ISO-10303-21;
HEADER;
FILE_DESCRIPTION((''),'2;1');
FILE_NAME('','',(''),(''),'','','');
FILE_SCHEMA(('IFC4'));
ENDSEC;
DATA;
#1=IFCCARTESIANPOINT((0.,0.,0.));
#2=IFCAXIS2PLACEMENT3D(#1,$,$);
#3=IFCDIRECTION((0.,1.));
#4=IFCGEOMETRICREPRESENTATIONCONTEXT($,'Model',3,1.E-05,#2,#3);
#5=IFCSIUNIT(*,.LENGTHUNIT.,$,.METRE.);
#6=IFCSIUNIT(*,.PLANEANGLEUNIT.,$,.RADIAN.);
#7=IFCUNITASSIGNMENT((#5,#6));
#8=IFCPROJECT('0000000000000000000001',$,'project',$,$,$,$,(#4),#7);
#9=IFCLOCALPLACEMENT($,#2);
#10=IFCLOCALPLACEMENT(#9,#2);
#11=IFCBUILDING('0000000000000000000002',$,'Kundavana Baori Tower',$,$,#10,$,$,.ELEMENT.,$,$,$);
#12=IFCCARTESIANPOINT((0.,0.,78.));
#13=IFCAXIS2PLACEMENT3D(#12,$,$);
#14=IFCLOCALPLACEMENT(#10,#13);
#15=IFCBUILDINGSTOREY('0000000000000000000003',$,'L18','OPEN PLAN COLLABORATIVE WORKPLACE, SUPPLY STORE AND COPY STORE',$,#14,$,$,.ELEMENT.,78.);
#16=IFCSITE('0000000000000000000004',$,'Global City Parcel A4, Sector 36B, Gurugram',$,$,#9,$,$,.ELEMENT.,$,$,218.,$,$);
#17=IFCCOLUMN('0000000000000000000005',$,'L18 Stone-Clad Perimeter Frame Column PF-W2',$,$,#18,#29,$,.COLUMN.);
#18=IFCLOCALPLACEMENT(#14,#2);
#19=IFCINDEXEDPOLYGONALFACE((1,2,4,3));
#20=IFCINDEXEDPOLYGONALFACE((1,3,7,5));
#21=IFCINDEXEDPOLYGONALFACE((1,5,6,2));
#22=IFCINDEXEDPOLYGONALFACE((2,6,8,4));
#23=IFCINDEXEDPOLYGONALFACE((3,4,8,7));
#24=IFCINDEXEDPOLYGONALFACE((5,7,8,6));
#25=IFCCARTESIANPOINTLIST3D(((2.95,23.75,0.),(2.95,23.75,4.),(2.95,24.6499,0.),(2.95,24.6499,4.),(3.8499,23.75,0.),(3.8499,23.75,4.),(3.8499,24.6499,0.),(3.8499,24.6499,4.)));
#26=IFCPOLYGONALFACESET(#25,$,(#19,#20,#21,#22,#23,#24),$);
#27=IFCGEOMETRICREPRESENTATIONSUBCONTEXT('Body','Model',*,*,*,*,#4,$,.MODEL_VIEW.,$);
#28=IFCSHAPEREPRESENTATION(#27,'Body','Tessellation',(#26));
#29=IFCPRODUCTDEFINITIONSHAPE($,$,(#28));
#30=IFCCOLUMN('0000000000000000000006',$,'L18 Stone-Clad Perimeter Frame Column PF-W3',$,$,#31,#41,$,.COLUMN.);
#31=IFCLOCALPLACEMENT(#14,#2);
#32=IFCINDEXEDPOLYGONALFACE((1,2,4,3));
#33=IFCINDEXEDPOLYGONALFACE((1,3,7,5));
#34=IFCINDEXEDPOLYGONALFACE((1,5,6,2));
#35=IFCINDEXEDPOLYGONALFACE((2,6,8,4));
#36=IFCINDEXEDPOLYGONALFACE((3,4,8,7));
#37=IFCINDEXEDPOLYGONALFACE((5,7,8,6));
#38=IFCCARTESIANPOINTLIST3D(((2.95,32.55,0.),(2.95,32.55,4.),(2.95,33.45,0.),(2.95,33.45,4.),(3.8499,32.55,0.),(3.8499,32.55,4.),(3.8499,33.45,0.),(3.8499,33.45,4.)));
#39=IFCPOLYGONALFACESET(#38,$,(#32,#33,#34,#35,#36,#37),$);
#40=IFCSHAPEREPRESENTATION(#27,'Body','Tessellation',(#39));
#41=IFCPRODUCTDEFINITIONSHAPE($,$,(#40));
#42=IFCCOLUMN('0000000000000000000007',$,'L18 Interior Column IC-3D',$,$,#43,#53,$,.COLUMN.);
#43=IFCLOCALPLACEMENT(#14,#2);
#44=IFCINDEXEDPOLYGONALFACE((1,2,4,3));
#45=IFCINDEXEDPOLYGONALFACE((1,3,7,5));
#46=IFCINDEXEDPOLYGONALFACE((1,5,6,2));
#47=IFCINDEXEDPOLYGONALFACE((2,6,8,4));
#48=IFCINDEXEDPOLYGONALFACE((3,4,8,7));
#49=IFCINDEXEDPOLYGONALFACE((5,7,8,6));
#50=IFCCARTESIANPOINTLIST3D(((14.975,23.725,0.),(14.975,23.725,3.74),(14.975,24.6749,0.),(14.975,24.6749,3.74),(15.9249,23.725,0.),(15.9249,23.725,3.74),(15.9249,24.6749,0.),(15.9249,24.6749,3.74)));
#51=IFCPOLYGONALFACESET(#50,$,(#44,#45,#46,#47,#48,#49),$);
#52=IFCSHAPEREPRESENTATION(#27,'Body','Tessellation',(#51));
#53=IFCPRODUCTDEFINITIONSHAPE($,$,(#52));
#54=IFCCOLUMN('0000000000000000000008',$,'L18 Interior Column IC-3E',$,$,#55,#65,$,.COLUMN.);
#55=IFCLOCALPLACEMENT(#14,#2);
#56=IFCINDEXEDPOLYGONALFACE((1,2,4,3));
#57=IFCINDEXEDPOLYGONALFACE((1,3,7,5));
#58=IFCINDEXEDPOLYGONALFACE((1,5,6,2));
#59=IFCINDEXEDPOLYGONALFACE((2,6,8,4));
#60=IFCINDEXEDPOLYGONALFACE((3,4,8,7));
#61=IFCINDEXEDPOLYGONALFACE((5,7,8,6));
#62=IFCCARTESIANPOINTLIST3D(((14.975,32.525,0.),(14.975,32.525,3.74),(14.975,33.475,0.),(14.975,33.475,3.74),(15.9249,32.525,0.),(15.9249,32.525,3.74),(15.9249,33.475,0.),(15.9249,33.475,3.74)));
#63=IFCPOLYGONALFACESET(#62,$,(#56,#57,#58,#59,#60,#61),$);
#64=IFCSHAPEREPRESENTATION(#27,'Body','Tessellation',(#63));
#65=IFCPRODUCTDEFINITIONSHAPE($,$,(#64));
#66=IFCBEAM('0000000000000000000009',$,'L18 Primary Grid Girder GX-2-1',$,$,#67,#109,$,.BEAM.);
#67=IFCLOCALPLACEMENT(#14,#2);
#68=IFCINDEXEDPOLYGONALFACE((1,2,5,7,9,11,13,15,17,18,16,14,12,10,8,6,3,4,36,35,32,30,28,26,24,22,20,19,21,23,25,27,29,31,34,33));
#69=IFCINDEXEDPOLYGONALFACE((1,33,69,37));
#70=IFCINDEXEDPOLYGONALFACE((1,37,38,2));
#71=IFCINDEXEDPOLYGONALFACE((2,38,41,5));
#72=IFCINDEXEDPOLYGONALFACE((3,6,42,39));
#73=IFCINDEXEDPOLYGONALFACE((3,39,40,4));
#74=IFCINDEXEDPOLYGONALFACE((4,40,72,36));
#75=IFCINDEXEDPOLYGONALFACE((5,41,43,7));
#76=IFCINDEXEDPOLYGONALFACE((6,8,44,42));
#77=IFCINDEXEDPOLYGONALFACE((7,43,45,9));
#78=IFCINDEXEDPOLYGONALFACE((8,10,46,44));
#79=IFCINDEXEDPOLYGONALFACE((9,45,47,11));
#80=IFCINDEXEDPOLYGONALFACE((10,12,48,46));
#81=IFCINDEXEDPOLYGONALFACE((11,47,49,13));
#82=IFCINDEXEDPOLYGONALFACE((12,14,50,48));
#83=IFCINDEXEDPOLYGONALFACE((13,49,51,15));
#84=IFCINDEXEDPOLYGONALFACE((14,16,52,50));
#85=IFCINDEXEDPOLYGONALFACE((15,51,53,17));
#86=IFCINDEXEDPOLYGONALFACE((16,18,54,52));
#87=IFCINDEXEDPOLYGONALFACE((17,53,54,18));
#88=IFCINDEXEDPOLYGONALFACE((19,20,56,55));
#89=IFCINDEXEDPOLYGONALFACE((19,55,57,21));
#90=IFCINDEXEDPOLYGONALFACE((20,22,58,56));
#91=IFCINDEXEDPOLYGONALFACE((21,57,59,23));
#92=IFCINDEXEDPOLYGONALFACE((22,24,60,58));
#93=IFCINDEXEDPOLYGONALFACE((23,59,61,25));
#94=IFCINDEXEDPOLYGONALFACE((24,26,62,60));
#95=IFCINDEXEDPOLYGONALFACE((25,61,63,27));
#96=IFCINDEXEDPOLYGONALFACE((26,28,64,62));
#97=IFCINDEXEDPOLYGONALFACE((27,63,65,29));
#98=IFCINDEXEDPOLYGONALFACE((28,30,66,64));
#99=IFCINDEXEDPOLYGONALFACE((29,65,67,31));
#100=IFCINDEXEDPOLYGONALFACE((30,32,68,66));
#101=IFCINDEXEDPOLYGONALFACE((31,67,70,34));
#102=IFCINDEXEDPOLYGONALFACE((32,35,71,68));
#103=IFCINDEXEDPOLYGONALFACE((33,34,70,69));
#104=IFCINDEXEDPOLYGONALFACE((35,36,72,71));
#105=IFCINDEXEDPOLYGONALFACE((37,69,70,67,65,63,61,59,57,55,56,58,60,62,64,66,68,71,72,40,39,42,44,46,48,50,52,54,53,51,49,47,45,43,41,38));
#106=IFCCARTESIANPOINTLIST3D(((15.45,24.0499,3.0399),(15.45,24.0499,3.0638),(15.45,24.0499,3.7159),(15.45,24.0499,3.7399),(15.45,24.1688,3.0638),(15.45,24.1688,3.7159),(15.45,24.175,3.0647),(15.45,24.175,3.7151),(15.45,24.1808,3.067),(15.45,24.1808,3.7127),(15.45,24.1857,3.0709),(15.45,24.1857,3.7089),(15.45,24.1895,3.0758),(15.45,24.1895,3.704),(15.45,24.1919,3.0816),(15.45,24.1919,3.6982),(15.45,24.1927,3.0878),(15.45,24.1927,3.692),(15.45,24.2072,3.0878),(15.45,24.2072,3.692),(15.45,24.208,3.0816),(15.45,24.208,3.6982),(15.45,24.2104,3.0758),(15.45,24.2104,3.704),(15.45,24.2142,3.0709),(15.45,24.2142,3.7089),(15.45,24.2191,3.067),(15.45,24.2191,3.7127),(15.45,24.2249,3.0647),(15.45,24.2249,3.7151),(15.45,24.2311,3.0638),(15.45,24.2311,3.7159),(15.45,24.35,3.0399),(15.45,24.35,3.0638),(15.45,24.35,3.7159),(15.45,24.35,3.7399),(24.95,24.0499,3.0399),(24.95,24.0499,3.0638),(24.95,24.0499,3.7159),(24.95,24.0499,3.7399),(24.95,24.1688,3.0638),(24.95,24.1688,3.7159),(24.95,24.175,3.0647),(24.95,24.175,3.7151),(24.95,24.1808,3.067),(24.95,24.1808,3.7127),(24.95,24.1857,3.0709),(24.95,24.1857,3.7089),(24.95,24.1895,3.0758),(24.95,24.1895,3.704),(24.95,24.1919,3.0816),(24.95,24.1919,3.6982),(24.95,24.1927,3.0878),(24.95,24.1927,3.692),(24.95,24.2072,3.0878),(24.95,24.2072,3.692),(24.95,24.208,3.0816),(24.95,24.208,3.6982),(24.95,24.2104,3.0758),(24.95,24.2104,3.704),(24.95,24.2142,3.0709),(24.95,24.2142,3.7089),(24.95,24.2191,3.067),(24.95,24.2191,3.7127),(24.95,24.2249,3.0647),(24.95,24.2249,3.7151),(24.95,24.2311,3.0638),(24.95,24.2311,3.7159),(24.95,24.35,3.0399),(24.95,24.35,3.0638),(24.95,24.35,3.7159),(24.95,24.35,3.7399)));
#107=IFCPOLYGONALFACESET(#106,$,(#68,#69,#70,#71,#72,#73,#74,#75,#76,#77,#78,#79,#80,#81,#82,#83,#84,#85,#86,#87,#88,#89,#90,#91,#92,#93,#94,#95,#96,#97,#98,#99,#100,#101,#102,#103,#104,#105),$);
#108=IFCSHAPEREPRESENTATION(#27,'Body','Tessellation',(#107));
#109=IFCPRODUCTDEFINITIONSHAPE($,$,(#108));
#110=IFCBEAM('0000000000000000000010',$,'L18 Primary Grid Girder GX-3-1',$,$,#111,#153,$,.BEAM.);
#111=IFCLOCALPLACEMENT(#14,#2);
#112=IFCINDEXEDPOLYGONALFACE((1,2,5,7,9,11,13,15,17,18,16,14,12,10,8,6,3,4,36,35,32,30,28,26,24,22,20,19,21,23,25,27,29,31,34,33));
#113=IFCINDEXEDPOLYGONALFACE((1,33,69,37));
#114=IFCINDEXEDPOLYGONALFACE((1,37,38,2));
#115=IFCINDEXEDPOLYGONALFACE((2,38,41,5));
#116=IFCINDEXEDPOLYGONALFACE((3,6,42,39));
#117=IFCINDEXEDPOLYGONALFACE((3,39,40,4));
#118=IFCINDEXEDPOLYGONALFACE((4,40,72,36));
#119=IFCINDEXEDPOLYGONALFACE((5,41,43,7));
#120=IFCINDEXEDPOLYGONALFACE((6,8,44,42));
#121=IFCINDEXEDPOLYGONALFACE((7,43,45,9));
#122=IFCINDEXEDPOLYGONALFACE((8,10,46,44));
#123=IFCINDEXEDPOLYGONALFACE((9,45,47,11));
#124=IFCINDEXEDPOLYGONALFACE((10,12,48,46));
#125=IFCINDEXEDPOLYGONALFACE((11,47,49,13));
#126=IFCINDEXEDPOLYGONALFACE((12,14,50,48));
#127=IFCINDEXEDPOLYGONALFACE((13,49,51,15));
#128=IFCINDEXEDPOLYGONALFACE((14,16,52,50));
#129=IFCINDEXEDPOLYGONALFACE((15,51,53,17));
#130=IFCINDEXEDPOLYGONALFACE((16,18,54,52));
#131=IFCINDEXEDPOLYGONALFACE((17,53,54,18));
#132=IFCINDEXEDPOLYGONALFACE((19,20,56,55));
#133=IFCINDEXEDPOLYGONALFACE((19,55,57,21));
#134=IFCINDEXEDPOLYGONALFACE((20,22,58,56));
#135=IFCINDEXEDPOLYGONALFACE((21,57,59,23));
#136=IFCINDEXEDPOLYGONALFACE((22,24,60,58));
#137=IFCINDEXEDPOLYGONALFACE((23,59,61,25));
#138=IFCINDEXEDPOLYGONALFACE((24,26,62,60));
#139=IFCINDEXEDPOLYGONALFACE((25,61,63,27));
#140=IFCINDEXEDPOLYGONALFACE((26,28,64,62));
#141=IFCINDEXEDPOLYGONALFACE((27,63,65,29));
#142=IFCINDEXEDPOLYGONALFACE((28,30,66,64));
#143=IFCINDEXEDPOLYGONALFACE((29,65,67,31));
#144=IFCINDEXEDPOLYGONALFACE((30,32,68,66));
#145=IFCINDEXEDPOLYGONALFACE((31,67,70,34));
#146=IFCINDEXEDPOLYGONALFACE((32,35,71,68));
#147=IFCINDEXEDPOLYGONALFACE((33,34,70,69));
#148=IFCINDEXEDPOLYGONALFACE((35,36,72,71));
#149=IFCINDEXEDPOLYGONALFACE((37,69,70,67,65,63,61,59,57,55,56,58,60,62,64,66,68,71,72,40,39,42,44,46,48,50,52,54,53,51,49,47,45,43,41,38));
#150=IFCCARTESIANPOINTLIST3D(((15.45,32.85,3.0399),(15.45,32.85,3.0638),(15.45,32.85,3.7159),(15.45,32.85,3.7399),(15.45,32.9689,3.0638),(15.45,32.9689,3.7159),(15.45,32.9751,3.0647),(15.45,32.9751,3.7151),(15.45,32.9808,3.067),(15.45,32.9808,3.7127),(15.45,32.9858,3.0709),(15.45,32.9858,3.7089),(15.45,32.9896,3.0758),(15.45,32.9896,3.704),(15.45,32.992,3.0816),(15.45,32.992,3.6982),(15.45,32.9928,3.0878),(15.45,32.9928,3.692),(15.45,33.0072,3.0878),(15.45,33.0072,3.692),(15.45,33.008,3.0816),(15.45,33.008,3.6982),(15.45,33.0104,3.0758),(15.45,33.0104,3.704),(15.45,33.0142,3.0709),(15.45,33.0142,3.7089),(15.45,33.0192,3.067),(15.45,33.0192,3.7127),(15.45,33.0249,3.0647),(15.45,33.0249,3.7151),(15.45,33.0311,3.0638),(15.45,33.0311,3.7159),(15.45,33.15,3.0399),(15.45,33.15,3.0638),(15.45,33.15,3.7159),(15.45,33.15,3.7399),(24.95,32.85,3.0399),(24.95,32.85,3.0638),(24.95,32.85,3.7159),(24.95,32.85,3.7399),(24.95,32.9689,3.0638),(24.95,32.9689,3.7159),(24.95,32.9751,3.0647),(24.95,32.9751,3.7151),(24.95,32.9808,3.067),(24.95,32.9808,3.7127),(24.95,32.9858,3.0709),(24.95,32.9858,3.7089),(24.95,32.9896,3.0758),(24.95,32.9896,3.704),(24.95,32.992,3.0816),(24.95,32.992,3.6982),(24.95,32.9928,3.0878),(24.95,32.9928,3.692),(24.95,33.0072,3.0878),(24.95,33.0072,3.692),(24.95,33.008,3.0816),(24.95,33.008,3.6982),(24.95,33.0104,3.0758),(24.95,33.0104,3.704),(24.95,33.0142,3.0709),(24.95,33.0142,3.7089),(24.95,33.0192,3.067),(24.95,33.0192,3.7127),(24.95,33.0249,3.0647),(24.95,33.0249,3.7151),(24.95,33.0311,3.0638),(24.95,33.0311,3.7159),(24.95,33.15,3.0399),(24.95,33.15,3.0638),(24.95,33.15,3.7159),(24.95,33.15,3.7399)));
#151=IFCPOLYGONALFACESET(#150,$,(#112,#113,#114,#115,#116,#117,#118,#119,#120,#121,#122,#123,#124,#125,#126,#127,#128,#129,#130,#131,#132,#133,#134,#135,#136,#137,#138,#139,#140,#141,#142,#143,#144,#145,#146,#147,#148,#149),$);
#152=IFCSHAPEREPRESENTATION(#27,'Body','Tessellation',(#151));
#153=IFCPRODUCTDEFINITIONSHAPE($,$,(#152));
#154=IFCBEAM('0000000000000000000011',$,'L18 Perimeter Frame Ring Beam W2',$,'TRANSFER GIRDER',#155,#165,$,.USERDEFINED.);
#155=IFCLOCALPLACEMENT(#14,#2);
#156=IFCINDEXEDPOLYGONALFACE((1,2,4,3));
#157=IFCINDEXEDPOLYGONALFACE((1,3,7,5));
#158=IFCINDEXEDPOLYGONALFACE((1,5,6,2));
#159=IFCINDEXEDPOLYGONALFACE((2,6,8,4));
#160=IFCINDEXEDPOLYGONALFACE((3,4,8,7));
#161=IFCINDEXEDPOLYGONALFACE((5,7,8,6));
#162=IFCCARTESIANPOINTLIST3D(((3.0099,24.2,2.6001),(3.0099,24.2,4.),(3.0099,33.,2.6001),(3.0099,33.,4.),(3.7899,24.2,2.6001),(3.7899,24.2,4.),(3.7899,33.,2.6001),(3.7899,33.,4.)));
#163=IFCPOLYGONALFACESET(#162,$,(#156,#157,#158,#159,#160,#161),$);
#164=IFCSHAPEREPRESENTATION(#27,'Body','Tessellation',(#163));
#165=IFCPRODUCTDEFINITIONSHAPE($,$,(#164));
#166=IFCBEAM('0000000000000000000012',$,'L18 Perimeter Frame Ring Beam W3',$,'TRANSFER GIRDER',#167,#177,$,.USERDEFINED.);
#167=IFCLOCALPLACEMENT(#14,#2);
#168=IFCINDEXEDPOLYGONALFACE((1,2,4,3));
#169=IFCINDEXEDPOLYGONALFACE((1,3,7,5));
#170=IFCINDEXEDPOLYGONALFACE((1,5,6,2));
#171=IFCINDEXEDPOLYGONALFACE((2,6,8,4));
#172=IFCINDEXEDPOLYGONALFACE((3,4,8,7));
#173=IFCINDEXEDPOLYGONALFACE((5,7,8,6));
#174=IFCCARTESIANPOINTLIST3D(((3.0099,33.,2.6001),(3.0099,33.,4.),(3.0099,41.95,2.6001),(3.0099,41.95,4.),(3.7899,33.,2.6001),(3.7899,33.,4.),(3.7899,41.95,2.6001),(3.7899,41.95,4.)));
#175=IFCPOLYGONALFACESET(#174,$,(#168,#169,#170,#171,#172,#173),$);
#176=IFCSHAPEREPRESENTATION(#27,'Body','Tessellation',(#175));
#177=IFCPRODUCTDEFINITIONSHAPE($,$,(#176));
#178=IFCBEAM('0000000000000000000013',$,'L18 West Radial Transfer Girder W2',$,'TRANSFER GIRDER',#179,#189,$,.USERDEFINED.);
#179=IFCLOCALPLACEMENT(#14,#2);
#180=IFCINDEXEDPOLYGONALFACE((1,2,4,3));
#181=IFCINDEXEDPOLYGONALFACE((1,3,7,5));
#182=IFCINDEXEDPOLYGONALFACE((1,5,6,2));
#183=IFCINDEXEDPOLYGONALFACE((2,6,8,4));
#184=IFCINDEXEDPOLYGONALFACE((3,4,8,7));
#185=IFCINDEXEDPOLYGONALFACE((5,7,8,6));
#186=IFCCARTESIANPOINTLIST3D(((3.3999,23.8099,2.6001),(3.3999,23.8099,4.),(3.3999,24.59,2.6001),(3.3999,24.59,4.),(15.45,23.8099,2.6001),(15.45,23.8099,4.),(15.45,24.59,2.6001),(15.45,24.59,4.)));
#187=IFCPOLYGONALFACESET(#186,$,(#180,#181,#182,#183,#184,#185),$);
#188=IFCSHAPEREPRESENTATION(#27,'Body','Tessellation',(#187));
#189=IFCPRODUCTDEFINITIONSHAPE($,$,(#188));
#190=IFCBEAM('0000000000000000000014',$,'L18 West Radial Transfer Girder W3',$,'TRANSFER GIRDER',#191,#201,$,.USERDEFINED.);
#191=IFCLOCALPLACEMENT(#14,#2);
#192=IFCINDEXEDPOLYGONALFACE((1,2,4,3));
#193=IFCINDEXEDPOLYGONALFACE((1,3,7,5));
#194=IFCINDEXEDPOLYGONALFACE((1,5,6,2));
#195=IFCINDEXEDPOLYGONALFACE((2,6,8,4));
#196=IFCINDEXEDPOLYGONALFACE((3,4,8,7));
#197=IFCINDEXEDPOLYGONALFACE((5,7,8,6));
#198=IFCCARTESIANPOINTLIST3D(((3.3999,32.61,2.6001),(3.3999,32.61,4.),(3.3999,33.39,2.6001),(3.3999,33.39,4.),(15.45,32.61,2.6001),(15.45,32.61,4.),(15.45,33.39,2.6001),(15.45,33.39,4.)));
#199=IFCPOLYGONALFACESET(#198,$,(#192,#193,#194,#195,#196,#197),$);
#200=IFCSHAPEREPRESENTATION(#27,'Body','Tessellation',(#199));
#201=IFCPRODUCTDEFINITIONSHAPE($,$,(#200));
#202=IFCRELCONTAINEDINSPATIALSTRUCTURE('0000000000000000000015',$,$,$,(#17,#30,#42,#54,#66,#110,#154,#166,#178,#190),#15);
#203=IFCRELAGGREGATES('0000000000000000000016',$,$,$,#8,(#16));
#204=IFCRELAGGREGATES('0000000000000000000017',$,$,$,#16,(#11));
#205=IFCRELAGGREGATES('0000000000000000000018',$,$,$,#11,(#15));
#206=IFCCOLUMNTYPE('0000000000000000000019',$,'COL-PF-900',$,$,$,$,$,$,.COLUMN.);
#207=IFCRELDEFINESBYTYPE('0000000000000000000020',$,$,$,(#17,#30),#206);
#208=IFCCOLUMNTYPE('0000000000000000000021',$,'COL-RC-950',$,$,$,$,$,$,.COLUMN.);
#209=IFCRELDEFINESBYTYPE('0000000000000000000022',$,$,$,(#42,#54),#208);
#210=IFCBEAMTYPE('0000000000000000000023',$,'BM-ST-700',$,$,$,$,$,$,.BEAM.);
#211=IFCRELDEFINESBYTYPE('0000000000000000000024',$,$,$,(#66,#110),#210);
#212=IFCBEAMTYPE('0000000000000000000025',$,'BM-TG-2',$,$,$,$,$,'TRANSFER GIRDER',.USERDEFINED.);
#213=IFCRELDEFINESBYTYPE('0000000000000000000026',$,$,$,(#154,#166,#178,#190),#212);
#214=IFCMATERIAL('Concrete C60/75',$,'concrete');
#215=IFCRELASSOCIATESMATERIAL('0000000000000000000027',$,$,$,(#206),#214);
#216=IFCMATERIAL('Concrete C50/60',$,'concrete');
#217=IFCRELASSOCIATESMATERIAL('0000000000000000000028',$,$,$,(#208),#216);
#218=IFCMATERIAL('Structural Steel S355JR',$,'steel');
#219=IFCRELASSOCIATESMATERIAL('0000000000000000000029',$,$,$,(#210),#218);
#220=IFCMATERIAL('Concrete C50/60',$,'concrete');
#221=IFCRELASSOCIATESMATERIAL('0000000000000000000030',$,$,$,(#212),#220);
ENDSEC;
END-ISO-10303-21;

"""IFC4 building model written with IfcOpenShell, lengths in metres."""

from ifc_helpers import new_model, si_unit, direction, frame, origin, origin_2d, place, context, subcontext, project, spatial, rectangle, i_section, extrude, material, material_profile, profile_set, type_object, element, save


model = new_model("IFC4")

# Units and contexts
model_context = context("Model", 3, precision=1e-05, world=origin(), true_north=direction((0.0, 1.0)))
body_context = subcontext(model_context, "Body", "Model", "MODEL_VIEW")
ifc_project = project(units=[si_unit("LENGTHUNIT", "METRE"), si_unit("PLANEANGLEUNIT", "RADIAN")], contexts=[model_context])

# Site, building, storey
site_placement = place(None, origin())
site = spatial("IfcSite", under=ifc_project, at=site_placement, Name="Global City Parcel A4, Sector 36B, Gurugram", CompositionType="ELEMENT", RefElevation=218.0)
building_placement = place(site_placement, origin())
building = spatial("IfcBuilding", under=site, at=building_placement, Name="Kundavana Baori Tower", CompositionType="ELEMENT")
storey_placement = place(building_placement, frame((0.0, 0.0, 78.0)))
storey = spatial("IfcBuildingStorey", under=building, at=storey_placement, Name="L18", Description="OPEN PLAN COLLABORATIVE WORKPLACE, SUPPLY STORE AND COPY STORE", CompositionType="ELEMENT", Elevation=78.0)

# Columns
ifc_material_1 = material(Name="Concrete C60/75", Category="concrete")
ifc_material_profile_1 = material_profile(ifc_material_1, rectangle(XDim=0.8999, YDim=0.8999, at=origin_2d()), Name="RC PF 900x900")
ifc_profile_set_1 = profile_set([ifc_material_profile_1], Name="Concrete C60/75")
column_type_1 = type_object("IfcColumnType", Name="COL-PF-900", PredefinedType="COLUMN", material=ifc_profile_set_1)
for number, where, z_axis, x_axis, name in (
    (1, (3.3999, 24.2, 0.0), (0.0, 0.0, 1.0), (1.0, 0.0, 0.0), "L18 Stone-Clad Perimeter Frame Column PF-W2"),
    (2, (3.3999, 33.0, 0.0), (0.0, 0.0, 1.0), (1.0, 0.0, 0.0), "L18 Stone-Clad Perimeter Frame Column PF-W3"),
):
    element("IfcColumn", number, at=place(storey_placement, frame(where, z_axis=z_axis, x_axis=x_axis)), inside=storey, type_object=column_type_1, Name=name, PredefinedType="COLUMN", context=body_context, shape_type="SweptSolid", body=[
        extrude(rectangle(XDim=0.8999, YDim=0.8999, at=origin_2d()), origin(), (0.0, 0.0, 1.0), 4.0),
    ])
ifc_material_2 = material(Name="Concrete C50/60", Category="concrete")
ifc_material_profile_2 = material_profile(ifc_material_2, rectangle(XDim=0.95, YDim=0.95, at=origin_2d()), Name="RC 950x950")
ifc_profile_set_2 = profile_set([ifc_material_profile_2], Name="Concrete C50/60")
column_type_2 = type_object("IfcColumnType", Name="COL-RC-950", PredefinedType="COLUMN", material=ifc_profile_set_2)
for number, where, z_axis, x_axis, name in (
    (3, (15.45, 24.2, 0.0), (0.0, 0.0, 1.0), (1.0, 0.0, 0.0), "L18 Interior Column IC-3D"),
    (4, (15.45, 33.0, 0.0), (0.0, 0.0, 1.0), (1.0, 0.0, 0.0), "L18 Interior Column IC-3E"),
):
    element("IfcColumn", number, at=place(storey_placement, frame(where, z_axis=z_axis, x_axis=x_axis)), inside=storey, type_object=column_type_2, Name=name, PredefinedType="COLUMN", context=body_context, shape_type="SweptSolid", body=[
        extrude(rectangle(XDim=0.95, YDim=0.95, at=origin_2d()), origin(), (0.0, 0.0, 1.0), 3.74),
    ])

# Beams
ifc_material_3 = material(Name="Structural Steel S355JR", Category="steel")
ifc_material_profile_3 = material_profile(ifc_material_3, i_section(OverallWidth=0.3, OverallDepth=0.7, WebThickness=0.0144, FlangeThickness=0.0239, FilletRadius=0.0239, at=origin_2d()), Name="NPB 700x300x170")
ifc_profile_set_3 = profile_set([ifc_material_profile_3], Name="Structural Steel S355JR")
beam_type_1 = type_object("IfcBeamType", Name="BM-ST-700", PredefinedType="BEAM", material=ifc_profile_set_3)
for number, where, z_axis, x_axis, name in (
    (5, (15.45, 24.2, 3.3899), (1.0, 0.0, 0.0), (0.0, 1.0, 0.0), "L18 Primary Grid Girder GX-2-1"),
    (6, (15.45, 33.0, 3.3899), (1.0, 0.0, 0.0), (0.0, 1.0, 0.0), "L18 Primary Grid Girder GX-3-1"),
):
    element("IfcBeam", number, at=place(storey_placement, frame(where, z_axis=z_axis, x_axis=x_axis)), inside=storey, type_object=beam_type_1, Name=name, PredefinedType="BEAM", context=body_context, shape_type="SweptSolid", body=[
        extrude(i_section(OverallWidth=0.3, OverallDepth=0.7, WebThickness=0.0144, FlangeThickness=0.0239, FilletRadius=0.0239, at=origin_2d()), origin(), (0.0, 0.0, 1.0), 9.5),
    ])
ifc_material_4 = material(Name="Concrete C50/60", Category="concrete")
ifc_material_profile_4 = material_profile(ifc_material_4, rectangle(XDim=0.78, YDim=1.3999, at=origin_2d()), Name="BM-TG-2")
ifc_profile_set_4 = profile_set([ifc_material_profile_4], Name="Concrete C50/60")
beam_type_2 = type_object("IfcBeamType", Name="BM-TG-2", ElementType="TRANSFER GIRDER", PredefinedType="USERDEFINED", material=ifc_profile_set_4)
beam_1_placement = place(storey_placement, frame((3.3999, 24.2, 3.3), z_axis=(0.0, 1.0, 0.0), x_axis=(-1.0, 0.0, 0.0)))
element("IfcBeam", 7, at=beam_1_placement, inside=storey, type_object=beam_type_2, Name="L18 Perimeter Frame Ring Beam W2", ObjectType="TRANSFER GIRDER", PredefinedType="USERDEFINED", context=body_context, shape_type="SweptSolid", body=[
    extrude(rectangle(XDim=0.78, YDim=1.3999, at=origin_2d()), origin(), (0.0, 0.0, 1.0), 8.8),
])
beam_2_placement = place(storey_placement, frame((3.3999, 33.0, 3.3), z_axis=(0.0, 1.0, 0.0), x_axis=(-1.0, 0.0, 0.0)))
element("IfcBeam", 8, at=beam_2_placement, inside=storey, type_object=beam_type_2, Name="L18 Perimeter Frame Ring Beam W3", ObjectType="TRANSFER GIRDER", PredefinedType="USERDEFINED", context=body_context, shape_type="SweptSolid", body=[
    extrude(rectangle(XDim=0.78, YDim=1.3999, at=origin_2d()), origin(), (0.0, 0.0, 1.0), 8.95),
])
for number, where, z_axis, x_axis, name in (
    (9, (15.45, 24.2, 3.3), (-1.0, 0.0, 0.0), (0.0, -1.0, 0.0), "L18 West Radial Transfer Girder W2"),
    (10, (15.45, 33.0, 3.3), (-1.0, 0.0, 0.0), (0.0, -1.0, 0.0), "L18 West Radial Transfer Girder W3"),
):
    element("IfcBeam", number, at=place(storey_placement, frame(where, z_axis=z_axis, x_axis=x_axis)), inside=storey, type_object=beam_type_2, Name=name, ObjectType="TRANSFER GIRDER", PredefinedType="USERDEFINED", context=body_context, shape_type="SweptSolid", body=[
        extrude(rectangle(XDim=0.78, YDim=1.3999, at=origin_2d()), origin(), (0.0, 0.0, 1.0), 12.05),
    ])

save(model, "model.ifc")
